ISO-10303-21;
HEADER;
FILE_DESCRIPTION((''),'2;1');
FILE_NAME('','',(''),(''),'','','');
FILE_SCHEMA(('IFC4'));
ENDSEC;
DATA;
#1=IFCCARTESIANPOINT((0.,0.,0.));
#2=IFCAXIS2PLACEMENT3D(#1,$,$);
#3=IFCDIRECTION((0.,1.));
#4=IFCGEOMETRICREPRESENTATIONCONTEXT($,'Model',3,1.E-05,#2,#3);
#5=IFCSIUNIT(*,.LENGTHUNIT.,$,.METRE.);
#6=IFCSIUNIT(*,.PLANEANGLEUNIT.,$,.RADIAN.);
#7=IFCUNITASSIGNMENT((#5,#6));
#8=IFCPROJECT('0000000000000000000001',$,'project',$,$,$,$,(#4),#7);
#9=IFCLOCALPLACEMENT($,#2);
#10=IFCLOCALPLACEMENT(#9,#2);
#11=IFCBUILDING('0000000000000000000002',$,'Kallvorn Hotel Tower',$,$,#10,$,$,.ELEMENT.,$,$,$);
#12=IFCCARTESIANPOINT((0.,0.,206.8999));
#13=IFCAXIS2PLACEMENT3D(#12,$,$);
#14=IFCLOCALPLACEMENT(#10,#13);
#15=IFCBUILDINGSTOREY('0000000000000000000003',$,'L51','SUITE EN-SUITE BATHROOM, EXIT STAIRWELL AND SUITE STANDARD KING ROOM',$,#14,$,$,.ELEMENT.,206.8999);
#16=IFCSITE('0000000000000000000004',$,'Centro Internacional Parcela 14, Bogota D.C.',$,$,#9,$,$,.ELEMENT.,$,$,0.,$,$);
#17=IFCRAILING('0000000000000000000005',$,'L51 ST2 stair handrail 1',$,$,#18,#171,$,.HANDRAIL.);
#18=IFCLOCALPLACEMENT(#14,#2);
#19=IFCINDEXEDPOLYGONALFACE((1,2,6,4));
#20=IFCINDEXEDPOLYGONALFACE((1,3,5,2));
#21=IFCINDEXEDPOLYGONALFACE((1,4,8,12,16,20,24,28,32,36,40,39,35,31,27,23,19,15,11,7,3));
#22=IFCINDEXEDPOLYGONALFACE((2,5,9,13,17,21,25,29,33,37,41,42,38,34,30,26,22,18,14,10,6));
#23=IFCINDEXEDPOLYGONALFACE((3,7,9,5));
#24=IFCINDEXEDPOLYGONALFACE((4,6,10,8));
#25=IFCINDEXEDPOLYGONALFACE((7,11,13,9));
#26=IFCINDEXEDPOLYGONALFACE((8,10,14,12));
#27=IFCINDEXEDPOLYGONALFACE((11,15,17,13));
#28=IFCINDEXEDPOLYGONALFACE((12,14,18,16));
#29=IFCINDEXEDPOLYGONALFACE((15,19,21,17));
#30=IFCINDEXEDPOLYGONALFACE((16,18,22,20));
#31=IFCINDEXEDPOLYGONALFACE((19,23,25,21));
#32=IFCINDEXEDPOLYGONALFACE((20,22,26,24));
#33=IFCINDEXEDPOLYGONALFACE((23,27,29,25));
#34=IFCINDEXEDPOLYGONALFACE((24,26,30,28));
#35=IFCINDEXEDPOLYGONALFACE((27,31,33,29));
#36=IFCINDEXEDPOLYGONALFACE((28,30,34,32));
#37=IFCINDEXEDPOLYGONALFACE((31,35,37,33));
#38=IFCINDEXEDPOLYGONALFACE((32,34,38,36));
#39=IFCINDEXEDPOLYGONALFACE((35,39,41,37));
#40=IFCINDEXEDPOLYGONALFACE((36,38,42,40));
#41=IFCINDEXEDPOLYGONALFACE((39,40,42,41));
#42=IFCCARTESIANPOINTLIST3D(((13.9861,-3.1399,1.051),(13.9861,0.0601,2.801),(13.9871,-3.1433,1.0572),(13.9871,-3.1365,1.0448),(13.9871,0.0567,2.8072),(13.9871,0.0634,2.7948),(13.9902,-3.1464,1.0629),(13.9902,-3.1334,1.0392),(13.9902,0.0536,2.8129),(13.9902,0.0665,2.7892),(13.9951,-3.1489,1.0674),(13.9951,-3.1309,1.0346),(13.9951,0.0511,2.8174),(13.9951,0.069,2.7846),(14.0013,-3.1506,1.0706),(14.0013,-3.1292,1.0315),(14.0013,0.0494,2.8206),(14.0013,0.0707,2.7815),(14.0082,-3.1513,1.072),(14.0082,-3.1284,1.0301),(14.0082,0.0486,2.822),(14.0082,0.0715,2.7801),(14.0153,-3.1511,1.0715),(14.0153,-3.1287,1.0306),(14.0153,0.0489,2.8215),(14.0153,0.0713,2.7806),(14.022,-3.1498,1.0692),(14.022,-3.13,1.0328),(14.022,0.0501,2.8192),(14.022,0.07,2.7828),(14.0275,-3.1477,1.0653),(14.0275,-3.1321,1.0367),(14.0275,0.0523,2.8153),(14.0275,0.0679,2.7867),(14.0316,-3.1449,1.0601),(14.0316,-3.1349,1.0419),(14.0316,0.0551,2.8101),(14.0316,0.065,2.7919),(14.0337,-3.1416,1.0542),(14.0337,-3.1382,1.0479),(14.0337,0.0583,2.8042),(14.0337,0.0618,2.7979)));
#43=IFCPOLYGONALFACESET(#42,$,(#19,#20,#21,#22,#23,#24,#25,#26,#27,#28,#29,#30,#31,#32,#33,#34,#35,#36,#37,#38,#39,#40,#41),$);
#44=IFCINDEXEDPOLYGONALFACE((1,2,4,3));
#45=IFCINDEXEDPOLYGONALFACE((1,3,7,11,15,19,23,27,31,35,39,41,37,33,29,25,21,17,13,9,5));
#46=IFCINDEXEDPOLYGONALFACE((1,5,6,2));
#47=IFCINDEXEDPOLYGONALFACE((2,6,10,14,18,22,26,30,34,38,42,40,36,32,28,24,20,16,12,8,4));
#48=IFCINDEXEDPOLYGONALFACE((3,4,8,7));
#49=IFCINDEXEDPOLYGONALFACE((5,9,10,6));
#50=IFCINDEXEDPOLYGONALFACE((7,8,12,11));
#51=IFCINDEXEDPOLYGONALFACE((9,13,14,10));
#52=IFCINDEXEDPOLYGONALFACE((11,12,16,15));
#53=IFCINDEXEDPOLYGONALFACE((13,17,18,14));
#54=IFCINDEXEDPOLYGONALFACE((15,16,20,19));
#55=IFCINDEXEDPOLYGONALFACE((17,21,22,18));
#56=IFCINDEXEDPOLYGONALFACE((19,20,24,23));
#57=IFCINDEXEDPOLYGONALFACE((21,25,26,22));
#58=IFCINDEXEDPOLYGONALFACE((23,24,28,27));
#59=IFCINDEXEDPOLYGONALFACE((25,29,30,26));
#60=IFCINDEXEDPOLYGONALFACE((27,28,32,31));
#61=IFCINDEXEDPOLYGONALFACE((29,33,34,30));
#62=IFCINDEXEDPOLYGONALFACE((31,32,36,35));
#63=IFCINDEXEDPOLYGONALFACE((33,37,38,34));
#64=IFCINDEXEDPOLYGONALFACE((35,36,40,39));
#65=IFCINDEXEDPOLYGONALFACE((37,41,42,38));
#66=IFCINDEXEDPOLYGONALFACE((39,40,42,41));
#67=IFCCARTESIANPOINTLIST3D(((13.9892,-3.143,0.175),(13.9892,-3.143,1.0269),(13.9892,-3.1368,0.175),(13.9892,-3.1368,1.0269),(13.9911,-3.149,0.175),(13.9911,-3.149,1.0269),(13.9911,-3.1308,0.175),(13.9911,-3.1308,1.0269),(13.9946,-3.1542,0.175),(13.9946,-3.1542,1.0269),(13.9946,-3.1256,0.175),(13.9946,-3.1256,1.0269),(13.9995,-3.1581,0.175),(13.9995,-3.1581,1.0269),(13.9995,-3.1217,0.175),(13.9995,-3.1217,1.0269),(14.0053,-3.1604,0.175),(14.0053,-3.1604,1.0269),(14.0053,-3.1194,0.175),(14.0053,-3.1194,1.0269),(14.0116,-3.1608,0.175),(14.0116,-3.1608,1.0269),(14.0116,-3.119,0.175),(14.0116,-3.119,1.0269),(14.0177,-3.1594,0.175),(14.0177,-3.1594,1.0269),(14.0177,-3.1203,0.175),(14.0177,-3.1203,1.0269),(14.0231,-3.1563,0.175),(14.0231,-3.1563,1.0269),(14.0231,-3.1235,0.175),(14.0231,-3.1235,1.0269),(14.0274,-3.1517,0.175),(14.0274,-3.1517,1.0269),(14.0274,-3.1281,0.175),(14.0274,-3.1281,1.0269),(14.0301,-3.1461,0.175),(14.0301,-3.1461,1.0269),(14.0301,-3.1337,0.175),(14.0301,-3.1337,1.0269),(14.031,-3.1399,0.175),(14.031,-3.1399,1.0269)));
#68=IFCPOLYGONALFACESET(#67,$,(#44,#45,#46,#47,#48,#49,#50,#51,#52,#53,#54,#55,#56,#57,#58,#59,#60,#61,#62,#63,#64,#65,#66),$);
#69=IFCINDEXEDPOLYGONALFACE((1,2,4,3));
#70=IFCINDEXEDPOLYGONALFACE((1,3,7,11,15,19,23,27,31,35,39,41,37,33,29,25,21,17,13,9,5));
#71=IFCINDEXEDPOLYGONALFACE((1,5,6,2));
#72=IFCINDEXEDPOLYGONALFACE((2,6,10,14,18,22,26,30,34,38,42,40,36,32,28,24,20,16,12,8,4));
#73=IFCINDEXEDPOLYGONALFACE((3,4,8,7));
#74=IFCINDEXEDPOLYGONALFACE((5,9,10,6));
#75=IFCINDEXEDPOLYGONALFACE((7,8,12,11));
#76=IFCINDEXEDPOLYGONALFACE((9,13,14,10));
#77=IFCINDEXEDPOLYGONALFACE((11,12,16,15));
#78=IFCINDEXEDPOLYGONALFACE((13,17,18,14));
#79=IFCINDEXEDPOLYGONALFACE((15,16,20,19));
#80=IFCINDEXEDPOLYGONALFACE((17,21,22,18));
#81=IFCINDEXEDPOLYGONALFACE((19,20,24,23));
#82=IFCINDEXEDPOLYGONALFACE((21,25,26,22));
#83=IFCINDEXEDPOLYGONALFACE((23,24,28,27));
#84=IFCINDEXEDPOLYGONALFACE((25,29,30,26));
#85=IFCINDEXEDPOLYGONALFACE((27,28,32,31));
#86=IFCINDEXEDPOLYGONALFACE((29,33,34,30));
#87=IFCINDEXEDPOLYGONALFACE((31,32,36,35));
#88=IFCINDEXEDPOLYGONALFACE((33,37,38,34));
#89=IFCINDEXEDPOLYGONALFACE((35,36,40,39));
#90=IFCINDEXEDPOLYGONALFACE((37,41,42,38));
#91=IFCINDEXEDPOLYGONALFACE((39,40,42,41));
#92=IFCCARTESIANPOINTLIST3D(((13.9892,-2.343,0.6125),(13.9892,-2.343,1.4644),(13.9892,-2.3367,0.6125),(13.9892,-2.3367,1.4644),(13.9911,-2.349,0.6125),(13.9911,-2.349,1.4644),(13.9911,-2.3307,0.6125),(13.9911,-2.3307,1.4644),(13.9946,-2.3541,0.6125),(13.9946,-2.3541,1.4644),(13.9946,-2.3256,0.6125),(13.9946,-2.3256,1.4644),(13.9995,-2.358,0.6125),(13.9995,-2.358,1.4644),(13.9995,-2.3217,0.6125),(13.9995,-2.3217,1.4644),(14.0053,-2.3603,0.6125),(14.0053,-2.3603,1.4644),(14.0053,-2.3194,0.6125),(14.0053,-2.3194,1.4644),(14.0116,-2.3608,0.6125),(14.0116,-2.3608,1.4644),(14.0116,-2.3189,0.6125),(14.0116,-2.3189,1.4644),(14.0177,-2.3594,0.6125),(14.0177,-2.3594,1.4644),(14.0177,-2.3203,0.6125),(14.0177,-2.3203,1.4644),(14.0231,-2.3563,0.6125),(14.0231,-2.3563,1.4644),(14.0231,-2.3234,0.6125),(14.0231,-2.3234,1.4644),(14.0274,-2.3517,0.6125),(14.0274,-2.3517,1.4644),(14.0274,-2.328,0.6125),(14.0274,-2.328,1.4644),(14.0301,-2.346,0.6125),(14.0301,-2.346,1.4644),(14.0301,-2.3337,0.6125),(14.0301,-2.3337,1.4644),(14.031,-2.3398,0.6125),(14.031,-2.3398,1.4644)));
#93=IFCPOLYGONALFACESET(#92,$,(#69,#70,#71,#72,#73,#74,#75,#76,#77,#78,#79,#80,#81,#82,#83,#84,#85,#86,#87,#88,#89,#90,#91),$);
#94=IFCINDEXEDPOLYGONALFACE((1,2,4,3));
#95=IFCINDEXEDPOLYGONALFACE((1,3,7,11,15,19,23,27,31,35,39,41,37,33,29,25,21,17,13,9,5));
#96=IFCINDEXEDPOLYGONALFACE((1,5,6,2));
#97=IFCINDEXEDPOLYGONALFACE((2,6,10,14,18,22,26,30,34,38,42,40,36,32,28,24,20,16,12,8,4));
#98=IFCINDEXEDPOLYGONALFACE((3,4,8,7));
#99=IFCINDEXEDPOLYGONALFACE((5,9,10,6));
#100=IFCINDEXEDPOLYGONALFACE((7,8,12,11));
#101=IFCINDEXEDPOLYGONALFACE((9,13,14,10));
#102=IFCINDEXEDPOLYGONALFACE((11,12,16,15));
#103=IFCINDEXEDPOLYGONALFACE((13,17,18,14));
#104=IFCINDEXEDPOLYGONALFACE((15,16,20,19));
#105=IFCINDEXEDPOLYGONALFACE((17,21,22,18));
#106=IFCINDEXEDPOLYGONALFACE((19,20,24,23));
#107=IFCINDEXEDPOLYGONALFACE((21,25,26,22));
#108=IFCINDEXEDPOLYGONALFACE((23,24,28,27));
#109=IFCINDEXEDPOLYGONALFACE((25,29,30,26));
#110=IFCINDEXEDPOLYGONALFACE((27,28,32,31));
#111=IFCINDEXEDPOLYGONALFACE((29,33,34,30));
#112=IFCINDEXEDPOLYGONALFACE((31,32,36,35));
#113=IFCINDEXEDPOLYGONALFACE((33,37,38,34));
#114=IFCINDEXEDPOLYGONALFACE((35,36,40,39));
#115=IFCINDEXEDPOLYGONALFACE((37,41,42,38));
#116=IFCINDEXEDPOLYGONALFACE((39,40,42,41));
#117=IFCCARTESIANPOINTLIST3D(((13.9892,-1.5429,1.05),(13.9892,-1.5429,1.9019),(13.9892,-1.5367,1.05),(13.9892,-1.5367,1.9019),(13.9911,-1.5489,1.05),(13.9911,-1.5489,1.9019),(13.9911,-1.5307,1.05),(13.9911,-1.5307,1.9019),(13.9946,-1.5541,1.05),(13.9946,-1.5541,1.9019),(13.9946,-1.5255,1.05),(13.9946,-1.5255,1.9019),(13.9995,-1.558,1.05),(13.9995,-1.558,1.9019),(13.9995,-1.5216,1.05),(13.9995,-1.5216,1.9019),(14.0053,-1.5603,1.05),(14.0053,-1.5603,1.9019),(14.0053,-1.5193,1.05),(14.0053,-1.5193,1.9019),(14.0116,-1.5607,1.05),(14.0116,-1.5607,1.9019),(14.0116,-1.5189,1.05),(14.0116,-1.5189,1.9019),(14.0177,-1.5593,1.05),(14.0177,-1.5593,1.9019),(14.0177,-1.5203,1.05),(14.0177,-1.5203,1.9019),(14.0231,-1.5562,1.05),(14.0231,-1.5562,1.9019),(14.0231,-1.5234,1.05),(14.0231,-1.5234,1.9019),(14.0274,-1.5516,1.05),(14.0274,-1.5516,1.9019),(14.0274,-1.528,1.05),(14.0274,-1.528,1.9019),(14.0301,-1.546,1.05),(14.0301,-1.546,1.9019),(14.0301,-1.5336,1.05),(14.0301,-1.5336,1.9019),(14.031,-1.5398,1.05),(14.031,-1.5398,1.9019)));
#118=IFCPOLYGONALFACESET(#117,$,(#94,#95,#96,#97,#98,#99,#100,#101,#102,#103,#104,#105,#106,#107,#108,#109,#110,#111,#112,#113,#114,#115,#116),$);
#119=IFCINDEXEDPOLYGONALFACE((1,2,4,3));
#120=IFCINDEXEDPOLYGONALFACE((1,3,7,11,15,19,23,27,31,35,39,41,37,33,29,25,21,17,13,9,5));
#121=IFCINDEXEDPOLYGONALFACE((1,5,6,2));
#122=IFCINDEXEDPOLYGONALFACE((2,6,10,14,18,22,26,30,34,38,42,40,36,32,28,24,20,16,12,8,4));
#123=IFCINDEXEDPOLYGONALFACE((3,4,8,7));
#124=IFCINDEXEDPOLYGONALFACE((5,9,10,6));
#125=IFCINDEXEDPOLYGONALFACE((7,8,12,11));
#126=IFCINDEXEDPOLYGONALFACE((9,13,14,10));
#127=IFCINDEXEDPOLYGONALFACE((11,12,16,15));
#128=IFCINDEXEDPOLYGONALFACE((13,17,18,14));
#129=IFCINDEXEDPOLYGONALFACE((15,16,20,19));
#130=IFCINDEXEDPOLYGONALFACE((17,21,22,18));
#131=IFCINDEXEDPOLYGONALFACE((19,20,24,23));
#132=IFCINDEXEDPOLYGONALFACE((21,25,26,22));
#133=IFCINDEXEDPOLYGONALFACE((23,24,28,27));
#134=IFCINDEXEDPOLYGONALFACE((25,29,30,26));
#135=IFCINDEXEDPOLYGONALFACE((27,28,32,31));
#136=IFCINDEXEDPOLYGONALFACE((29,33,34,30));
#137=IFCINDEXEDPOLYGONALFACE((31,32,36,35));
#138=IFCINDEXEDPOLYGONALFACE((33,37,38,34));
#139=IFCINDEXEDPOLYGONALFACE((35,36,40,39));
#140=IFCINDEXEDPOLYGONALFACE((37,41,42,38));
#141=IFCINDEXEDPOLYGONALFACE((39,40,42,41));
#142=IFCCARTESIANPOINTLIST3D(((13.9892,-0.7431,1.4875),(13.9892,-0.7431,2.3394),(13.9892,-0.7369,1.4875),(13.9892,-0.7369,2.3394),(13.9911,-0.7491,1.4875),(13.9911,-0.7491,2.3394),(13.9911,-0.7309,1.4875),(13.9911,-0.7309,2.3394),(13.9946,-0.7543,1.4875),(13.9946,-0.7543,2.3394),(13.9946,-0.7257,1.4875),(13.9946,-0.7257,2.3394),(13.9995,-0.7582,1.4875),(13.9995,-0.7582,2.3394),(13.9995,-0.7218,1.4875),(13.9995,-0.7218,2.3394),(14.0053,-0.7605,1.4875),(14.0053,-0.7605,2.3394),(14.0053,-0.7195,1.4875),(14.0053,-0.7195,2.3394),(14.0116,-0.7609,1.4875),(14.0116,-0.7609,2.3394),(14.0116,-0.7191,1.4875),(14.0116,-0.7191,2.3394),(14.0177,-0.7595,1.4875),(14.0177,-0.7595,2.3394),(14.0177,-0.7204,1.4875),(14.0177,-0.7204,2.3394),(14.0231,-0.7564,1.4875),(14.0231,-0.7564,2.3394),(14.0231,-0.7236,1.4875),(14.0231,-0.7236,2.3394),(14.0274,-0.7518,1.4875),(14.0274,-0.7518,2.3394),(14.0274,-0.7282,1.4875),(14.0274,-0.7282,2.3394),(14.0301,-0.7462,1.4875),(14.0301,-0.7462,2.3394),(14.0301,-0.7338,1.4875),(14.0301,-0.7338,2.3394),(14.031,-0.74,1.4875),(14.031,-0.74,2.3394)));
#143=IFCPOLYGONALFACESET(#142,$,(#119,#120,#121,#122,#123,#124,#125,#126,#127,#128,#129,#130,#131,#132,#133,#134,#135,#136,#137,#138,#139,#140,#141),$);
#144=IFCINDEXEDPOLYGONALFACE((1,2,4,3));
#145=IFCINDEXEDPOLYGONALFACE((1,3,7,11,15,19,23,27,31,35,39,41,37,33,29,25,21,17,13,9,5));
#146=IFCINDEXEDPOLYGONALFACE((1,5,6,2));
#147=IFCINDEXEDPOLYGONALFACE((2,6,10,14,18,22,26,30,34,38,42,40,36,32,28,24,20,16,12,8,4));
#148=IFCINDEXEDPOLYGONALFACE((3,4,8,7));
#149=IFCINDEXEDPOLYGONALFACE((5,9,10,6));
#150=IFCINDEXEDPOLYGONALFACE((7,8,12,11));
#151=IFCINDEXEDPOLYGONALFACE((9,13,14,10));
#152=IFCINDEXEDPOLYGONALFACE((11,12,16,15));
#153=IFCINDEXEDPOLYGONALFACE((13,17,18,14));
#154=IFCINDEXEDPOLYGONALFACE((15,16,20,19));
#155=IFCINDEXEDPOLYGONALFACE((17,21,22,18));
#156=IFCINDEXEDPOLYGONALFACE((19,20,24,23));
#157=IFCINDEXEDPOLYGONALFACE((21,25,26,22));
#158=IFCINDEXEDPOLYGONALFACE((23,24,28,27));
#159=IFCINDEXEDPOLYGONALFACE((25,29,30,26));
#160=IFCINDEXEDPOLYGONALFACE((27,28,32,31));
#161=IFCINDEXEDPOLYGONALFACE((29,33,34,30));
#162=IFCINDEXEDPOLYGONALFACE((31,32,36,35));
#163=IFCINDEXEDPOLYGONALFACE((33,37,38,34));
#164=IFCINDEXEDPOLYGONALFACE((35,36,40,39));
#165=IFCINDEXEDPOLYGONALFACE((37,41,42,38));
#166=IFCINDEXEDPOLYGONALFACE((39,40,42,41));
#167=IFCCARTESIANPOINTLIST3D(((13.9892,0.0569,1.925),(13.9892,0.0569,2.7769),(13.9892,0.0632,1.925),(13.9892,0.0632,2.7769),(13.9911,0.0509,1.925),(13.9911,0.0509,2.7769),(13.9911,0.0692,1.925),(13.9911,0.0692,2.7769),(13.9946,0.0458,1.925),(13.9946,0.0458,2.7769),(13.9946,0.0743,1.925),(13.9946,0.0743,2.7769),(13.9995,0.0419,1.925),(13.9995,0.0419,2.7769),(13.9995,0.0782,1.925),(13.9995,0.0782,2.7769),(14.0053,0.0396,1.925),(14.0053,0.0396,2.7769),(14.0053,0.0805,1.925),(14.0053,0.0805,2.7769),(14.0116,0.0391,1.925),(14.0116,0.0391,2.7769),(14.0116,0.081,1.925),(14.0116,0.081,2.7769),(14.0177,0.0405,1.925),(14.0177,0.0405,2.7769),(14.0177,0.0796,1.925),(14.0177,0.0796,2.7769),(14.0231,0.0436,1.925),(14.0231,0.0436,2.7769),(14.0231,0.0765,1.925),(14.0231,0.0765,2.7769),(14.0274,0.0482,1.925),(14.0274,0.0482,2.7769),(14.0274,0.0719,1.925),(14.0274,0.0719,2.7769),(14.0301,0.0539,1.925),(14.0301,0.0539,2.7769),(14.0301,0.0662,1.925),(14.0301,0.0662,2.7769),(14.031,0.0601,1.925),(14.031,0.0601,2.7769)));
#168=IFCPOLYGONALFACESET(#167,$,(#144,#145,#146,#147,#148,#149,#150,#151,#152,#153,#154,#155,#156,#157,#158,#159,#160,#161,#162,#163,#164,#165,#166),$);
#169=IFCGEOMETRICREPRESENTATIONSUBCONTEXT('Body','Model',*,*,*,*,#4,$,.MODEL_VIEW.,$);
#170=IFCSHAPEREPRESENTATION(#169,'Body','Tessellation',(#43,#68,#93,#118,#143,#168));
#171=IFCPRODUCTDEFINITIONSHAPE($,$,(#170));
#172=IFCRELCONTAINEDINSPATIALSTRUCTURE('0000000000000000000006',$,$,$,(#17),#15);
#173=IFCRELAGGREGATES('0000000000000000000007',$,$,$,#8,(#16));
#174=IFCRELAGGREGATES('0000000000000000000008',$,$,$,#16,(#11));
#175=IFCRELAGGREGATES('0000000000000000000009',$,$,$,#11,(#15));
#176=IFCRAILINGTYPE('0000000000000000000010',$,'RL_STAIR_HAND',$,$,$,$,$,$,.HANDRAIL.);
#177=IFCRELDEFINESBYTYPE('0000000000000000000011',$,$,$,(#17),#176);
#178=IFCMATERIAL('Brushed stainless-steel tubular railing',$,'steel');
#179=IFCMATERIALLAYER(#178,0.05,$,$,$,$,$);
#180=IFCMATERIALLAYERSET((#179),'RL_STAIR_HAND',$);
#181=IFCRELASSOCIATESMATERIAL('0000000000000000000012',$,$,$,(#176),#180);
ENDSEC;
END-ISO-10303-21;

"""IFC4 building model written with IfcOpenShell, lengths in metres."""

from ifc_helpers import new_model, si_unit, direction, frame, origin, origin_2d, place, context, subcontext, project, spatial, circle, extrude, material, layer, layer_set, type_object, element, save


model = new_model("IFC4")

# Units and contexts
model_context = context("Model", 3, precision=1e-05, world=origin(), true_north=direction((0.0, 1.0)))
body_context = subcontext(model_context, "Body", "Model", "MODEL_VIEW")
ifc_project = project(units=[si_unit("LENGTHUNIT", "METRE"), si_unit("PLANEANGLEUNIT", "RADIAN")], contexts=[model_context])

# Site, building, storey
site_placement = place(None, origin())
site = spatial("IfcSite", under=ifc_project, at=site_placement, Name="Centro Internacional Parcela 14, Bogota D.C.", CompositionType="ELEMENT", RefElevation=0.0)
building_placement = place(site_placement, origin())
building = spatial("IfcBuilding", under=site, at=building_placement, Name="Kallvorn Hotel Tower", CompositionType="ELEMENT")
storey_placement = place(building_placement, frame((0.0, 0.0, 206.8999)))
storey = spatial("IfcBuildingStorey", under=building, at=storey_placement, Name="L51", Description="SUITE EN-SUITE BATHROOM, EXIT STAIRWELL AND SUITE STANDARD KING ROOM", CompositionType="ELEMENT", Elevation=206.8999)

# Railing
ifc_material_1 = material(Name="Brushed stainless-steel tubular railing", Category="steel")
ifc_layer_1 = layer(ifc_material_1, 0.05)
ifc_layer_set_1 = layer_set([ifc_layer_1], Name="RL_STAIR_HAND")
railing_type_1 = type_object("IfcRailingType", Name="RL_STAIR_HAND", PredefinedType="HANDRAIL", material=ifc_layer_set_1)
railing_1_placement = place(storey_placement, frame((14.01, -3.1399, 0.175)))
element("IfcRailing", 1, at=railing_1_placement, inside=storey, type_object=railing_type_1, Name="L51 ST2 stair handrail 1", PredefinedType="HANDRAIL", context=body_context, shape_type="SweptSolid", body=[
    extrude(circle(Radius=0.0239, at=origin_2d()), frame((0.0, 0.0, 0.876), z_axis=(0.0, 0.877368, 0.479818), x_axis=(-1.0, 0.0, 0.0)), (0.0, 0.0, 1.0), 3.6472),
    extrude(circle(Radius=0.021, at=origin_2d()), origin(), (0.0, 0.0, 1.0), 0.8518),
    extrude(circle(Radius=0.021, at=origin_2d()), frame((0.0, 0.8, 0.4375)), (0.0, 0.0, 1.0), 0.8518),
    extrude(circle(Radius=0.021, at=origin_2d()), frame((0.0, 1.6001, 0.875)), (0.0, 0.0, 1.0), 0.8518),
    extrude(circle(Radius=0.021, at=origin_2d()), frame((0.0, 2.3999, 1.3125)), (0.0, 0.0, 1.0), 0.8518),
    extrude(circle(Radius=0.021, at=origin_2d()), frame((0.0, 3.2, 1.75)), (0.0, 0.0, 1.0), 0.8518),
])

save(model, "model.ifc")
